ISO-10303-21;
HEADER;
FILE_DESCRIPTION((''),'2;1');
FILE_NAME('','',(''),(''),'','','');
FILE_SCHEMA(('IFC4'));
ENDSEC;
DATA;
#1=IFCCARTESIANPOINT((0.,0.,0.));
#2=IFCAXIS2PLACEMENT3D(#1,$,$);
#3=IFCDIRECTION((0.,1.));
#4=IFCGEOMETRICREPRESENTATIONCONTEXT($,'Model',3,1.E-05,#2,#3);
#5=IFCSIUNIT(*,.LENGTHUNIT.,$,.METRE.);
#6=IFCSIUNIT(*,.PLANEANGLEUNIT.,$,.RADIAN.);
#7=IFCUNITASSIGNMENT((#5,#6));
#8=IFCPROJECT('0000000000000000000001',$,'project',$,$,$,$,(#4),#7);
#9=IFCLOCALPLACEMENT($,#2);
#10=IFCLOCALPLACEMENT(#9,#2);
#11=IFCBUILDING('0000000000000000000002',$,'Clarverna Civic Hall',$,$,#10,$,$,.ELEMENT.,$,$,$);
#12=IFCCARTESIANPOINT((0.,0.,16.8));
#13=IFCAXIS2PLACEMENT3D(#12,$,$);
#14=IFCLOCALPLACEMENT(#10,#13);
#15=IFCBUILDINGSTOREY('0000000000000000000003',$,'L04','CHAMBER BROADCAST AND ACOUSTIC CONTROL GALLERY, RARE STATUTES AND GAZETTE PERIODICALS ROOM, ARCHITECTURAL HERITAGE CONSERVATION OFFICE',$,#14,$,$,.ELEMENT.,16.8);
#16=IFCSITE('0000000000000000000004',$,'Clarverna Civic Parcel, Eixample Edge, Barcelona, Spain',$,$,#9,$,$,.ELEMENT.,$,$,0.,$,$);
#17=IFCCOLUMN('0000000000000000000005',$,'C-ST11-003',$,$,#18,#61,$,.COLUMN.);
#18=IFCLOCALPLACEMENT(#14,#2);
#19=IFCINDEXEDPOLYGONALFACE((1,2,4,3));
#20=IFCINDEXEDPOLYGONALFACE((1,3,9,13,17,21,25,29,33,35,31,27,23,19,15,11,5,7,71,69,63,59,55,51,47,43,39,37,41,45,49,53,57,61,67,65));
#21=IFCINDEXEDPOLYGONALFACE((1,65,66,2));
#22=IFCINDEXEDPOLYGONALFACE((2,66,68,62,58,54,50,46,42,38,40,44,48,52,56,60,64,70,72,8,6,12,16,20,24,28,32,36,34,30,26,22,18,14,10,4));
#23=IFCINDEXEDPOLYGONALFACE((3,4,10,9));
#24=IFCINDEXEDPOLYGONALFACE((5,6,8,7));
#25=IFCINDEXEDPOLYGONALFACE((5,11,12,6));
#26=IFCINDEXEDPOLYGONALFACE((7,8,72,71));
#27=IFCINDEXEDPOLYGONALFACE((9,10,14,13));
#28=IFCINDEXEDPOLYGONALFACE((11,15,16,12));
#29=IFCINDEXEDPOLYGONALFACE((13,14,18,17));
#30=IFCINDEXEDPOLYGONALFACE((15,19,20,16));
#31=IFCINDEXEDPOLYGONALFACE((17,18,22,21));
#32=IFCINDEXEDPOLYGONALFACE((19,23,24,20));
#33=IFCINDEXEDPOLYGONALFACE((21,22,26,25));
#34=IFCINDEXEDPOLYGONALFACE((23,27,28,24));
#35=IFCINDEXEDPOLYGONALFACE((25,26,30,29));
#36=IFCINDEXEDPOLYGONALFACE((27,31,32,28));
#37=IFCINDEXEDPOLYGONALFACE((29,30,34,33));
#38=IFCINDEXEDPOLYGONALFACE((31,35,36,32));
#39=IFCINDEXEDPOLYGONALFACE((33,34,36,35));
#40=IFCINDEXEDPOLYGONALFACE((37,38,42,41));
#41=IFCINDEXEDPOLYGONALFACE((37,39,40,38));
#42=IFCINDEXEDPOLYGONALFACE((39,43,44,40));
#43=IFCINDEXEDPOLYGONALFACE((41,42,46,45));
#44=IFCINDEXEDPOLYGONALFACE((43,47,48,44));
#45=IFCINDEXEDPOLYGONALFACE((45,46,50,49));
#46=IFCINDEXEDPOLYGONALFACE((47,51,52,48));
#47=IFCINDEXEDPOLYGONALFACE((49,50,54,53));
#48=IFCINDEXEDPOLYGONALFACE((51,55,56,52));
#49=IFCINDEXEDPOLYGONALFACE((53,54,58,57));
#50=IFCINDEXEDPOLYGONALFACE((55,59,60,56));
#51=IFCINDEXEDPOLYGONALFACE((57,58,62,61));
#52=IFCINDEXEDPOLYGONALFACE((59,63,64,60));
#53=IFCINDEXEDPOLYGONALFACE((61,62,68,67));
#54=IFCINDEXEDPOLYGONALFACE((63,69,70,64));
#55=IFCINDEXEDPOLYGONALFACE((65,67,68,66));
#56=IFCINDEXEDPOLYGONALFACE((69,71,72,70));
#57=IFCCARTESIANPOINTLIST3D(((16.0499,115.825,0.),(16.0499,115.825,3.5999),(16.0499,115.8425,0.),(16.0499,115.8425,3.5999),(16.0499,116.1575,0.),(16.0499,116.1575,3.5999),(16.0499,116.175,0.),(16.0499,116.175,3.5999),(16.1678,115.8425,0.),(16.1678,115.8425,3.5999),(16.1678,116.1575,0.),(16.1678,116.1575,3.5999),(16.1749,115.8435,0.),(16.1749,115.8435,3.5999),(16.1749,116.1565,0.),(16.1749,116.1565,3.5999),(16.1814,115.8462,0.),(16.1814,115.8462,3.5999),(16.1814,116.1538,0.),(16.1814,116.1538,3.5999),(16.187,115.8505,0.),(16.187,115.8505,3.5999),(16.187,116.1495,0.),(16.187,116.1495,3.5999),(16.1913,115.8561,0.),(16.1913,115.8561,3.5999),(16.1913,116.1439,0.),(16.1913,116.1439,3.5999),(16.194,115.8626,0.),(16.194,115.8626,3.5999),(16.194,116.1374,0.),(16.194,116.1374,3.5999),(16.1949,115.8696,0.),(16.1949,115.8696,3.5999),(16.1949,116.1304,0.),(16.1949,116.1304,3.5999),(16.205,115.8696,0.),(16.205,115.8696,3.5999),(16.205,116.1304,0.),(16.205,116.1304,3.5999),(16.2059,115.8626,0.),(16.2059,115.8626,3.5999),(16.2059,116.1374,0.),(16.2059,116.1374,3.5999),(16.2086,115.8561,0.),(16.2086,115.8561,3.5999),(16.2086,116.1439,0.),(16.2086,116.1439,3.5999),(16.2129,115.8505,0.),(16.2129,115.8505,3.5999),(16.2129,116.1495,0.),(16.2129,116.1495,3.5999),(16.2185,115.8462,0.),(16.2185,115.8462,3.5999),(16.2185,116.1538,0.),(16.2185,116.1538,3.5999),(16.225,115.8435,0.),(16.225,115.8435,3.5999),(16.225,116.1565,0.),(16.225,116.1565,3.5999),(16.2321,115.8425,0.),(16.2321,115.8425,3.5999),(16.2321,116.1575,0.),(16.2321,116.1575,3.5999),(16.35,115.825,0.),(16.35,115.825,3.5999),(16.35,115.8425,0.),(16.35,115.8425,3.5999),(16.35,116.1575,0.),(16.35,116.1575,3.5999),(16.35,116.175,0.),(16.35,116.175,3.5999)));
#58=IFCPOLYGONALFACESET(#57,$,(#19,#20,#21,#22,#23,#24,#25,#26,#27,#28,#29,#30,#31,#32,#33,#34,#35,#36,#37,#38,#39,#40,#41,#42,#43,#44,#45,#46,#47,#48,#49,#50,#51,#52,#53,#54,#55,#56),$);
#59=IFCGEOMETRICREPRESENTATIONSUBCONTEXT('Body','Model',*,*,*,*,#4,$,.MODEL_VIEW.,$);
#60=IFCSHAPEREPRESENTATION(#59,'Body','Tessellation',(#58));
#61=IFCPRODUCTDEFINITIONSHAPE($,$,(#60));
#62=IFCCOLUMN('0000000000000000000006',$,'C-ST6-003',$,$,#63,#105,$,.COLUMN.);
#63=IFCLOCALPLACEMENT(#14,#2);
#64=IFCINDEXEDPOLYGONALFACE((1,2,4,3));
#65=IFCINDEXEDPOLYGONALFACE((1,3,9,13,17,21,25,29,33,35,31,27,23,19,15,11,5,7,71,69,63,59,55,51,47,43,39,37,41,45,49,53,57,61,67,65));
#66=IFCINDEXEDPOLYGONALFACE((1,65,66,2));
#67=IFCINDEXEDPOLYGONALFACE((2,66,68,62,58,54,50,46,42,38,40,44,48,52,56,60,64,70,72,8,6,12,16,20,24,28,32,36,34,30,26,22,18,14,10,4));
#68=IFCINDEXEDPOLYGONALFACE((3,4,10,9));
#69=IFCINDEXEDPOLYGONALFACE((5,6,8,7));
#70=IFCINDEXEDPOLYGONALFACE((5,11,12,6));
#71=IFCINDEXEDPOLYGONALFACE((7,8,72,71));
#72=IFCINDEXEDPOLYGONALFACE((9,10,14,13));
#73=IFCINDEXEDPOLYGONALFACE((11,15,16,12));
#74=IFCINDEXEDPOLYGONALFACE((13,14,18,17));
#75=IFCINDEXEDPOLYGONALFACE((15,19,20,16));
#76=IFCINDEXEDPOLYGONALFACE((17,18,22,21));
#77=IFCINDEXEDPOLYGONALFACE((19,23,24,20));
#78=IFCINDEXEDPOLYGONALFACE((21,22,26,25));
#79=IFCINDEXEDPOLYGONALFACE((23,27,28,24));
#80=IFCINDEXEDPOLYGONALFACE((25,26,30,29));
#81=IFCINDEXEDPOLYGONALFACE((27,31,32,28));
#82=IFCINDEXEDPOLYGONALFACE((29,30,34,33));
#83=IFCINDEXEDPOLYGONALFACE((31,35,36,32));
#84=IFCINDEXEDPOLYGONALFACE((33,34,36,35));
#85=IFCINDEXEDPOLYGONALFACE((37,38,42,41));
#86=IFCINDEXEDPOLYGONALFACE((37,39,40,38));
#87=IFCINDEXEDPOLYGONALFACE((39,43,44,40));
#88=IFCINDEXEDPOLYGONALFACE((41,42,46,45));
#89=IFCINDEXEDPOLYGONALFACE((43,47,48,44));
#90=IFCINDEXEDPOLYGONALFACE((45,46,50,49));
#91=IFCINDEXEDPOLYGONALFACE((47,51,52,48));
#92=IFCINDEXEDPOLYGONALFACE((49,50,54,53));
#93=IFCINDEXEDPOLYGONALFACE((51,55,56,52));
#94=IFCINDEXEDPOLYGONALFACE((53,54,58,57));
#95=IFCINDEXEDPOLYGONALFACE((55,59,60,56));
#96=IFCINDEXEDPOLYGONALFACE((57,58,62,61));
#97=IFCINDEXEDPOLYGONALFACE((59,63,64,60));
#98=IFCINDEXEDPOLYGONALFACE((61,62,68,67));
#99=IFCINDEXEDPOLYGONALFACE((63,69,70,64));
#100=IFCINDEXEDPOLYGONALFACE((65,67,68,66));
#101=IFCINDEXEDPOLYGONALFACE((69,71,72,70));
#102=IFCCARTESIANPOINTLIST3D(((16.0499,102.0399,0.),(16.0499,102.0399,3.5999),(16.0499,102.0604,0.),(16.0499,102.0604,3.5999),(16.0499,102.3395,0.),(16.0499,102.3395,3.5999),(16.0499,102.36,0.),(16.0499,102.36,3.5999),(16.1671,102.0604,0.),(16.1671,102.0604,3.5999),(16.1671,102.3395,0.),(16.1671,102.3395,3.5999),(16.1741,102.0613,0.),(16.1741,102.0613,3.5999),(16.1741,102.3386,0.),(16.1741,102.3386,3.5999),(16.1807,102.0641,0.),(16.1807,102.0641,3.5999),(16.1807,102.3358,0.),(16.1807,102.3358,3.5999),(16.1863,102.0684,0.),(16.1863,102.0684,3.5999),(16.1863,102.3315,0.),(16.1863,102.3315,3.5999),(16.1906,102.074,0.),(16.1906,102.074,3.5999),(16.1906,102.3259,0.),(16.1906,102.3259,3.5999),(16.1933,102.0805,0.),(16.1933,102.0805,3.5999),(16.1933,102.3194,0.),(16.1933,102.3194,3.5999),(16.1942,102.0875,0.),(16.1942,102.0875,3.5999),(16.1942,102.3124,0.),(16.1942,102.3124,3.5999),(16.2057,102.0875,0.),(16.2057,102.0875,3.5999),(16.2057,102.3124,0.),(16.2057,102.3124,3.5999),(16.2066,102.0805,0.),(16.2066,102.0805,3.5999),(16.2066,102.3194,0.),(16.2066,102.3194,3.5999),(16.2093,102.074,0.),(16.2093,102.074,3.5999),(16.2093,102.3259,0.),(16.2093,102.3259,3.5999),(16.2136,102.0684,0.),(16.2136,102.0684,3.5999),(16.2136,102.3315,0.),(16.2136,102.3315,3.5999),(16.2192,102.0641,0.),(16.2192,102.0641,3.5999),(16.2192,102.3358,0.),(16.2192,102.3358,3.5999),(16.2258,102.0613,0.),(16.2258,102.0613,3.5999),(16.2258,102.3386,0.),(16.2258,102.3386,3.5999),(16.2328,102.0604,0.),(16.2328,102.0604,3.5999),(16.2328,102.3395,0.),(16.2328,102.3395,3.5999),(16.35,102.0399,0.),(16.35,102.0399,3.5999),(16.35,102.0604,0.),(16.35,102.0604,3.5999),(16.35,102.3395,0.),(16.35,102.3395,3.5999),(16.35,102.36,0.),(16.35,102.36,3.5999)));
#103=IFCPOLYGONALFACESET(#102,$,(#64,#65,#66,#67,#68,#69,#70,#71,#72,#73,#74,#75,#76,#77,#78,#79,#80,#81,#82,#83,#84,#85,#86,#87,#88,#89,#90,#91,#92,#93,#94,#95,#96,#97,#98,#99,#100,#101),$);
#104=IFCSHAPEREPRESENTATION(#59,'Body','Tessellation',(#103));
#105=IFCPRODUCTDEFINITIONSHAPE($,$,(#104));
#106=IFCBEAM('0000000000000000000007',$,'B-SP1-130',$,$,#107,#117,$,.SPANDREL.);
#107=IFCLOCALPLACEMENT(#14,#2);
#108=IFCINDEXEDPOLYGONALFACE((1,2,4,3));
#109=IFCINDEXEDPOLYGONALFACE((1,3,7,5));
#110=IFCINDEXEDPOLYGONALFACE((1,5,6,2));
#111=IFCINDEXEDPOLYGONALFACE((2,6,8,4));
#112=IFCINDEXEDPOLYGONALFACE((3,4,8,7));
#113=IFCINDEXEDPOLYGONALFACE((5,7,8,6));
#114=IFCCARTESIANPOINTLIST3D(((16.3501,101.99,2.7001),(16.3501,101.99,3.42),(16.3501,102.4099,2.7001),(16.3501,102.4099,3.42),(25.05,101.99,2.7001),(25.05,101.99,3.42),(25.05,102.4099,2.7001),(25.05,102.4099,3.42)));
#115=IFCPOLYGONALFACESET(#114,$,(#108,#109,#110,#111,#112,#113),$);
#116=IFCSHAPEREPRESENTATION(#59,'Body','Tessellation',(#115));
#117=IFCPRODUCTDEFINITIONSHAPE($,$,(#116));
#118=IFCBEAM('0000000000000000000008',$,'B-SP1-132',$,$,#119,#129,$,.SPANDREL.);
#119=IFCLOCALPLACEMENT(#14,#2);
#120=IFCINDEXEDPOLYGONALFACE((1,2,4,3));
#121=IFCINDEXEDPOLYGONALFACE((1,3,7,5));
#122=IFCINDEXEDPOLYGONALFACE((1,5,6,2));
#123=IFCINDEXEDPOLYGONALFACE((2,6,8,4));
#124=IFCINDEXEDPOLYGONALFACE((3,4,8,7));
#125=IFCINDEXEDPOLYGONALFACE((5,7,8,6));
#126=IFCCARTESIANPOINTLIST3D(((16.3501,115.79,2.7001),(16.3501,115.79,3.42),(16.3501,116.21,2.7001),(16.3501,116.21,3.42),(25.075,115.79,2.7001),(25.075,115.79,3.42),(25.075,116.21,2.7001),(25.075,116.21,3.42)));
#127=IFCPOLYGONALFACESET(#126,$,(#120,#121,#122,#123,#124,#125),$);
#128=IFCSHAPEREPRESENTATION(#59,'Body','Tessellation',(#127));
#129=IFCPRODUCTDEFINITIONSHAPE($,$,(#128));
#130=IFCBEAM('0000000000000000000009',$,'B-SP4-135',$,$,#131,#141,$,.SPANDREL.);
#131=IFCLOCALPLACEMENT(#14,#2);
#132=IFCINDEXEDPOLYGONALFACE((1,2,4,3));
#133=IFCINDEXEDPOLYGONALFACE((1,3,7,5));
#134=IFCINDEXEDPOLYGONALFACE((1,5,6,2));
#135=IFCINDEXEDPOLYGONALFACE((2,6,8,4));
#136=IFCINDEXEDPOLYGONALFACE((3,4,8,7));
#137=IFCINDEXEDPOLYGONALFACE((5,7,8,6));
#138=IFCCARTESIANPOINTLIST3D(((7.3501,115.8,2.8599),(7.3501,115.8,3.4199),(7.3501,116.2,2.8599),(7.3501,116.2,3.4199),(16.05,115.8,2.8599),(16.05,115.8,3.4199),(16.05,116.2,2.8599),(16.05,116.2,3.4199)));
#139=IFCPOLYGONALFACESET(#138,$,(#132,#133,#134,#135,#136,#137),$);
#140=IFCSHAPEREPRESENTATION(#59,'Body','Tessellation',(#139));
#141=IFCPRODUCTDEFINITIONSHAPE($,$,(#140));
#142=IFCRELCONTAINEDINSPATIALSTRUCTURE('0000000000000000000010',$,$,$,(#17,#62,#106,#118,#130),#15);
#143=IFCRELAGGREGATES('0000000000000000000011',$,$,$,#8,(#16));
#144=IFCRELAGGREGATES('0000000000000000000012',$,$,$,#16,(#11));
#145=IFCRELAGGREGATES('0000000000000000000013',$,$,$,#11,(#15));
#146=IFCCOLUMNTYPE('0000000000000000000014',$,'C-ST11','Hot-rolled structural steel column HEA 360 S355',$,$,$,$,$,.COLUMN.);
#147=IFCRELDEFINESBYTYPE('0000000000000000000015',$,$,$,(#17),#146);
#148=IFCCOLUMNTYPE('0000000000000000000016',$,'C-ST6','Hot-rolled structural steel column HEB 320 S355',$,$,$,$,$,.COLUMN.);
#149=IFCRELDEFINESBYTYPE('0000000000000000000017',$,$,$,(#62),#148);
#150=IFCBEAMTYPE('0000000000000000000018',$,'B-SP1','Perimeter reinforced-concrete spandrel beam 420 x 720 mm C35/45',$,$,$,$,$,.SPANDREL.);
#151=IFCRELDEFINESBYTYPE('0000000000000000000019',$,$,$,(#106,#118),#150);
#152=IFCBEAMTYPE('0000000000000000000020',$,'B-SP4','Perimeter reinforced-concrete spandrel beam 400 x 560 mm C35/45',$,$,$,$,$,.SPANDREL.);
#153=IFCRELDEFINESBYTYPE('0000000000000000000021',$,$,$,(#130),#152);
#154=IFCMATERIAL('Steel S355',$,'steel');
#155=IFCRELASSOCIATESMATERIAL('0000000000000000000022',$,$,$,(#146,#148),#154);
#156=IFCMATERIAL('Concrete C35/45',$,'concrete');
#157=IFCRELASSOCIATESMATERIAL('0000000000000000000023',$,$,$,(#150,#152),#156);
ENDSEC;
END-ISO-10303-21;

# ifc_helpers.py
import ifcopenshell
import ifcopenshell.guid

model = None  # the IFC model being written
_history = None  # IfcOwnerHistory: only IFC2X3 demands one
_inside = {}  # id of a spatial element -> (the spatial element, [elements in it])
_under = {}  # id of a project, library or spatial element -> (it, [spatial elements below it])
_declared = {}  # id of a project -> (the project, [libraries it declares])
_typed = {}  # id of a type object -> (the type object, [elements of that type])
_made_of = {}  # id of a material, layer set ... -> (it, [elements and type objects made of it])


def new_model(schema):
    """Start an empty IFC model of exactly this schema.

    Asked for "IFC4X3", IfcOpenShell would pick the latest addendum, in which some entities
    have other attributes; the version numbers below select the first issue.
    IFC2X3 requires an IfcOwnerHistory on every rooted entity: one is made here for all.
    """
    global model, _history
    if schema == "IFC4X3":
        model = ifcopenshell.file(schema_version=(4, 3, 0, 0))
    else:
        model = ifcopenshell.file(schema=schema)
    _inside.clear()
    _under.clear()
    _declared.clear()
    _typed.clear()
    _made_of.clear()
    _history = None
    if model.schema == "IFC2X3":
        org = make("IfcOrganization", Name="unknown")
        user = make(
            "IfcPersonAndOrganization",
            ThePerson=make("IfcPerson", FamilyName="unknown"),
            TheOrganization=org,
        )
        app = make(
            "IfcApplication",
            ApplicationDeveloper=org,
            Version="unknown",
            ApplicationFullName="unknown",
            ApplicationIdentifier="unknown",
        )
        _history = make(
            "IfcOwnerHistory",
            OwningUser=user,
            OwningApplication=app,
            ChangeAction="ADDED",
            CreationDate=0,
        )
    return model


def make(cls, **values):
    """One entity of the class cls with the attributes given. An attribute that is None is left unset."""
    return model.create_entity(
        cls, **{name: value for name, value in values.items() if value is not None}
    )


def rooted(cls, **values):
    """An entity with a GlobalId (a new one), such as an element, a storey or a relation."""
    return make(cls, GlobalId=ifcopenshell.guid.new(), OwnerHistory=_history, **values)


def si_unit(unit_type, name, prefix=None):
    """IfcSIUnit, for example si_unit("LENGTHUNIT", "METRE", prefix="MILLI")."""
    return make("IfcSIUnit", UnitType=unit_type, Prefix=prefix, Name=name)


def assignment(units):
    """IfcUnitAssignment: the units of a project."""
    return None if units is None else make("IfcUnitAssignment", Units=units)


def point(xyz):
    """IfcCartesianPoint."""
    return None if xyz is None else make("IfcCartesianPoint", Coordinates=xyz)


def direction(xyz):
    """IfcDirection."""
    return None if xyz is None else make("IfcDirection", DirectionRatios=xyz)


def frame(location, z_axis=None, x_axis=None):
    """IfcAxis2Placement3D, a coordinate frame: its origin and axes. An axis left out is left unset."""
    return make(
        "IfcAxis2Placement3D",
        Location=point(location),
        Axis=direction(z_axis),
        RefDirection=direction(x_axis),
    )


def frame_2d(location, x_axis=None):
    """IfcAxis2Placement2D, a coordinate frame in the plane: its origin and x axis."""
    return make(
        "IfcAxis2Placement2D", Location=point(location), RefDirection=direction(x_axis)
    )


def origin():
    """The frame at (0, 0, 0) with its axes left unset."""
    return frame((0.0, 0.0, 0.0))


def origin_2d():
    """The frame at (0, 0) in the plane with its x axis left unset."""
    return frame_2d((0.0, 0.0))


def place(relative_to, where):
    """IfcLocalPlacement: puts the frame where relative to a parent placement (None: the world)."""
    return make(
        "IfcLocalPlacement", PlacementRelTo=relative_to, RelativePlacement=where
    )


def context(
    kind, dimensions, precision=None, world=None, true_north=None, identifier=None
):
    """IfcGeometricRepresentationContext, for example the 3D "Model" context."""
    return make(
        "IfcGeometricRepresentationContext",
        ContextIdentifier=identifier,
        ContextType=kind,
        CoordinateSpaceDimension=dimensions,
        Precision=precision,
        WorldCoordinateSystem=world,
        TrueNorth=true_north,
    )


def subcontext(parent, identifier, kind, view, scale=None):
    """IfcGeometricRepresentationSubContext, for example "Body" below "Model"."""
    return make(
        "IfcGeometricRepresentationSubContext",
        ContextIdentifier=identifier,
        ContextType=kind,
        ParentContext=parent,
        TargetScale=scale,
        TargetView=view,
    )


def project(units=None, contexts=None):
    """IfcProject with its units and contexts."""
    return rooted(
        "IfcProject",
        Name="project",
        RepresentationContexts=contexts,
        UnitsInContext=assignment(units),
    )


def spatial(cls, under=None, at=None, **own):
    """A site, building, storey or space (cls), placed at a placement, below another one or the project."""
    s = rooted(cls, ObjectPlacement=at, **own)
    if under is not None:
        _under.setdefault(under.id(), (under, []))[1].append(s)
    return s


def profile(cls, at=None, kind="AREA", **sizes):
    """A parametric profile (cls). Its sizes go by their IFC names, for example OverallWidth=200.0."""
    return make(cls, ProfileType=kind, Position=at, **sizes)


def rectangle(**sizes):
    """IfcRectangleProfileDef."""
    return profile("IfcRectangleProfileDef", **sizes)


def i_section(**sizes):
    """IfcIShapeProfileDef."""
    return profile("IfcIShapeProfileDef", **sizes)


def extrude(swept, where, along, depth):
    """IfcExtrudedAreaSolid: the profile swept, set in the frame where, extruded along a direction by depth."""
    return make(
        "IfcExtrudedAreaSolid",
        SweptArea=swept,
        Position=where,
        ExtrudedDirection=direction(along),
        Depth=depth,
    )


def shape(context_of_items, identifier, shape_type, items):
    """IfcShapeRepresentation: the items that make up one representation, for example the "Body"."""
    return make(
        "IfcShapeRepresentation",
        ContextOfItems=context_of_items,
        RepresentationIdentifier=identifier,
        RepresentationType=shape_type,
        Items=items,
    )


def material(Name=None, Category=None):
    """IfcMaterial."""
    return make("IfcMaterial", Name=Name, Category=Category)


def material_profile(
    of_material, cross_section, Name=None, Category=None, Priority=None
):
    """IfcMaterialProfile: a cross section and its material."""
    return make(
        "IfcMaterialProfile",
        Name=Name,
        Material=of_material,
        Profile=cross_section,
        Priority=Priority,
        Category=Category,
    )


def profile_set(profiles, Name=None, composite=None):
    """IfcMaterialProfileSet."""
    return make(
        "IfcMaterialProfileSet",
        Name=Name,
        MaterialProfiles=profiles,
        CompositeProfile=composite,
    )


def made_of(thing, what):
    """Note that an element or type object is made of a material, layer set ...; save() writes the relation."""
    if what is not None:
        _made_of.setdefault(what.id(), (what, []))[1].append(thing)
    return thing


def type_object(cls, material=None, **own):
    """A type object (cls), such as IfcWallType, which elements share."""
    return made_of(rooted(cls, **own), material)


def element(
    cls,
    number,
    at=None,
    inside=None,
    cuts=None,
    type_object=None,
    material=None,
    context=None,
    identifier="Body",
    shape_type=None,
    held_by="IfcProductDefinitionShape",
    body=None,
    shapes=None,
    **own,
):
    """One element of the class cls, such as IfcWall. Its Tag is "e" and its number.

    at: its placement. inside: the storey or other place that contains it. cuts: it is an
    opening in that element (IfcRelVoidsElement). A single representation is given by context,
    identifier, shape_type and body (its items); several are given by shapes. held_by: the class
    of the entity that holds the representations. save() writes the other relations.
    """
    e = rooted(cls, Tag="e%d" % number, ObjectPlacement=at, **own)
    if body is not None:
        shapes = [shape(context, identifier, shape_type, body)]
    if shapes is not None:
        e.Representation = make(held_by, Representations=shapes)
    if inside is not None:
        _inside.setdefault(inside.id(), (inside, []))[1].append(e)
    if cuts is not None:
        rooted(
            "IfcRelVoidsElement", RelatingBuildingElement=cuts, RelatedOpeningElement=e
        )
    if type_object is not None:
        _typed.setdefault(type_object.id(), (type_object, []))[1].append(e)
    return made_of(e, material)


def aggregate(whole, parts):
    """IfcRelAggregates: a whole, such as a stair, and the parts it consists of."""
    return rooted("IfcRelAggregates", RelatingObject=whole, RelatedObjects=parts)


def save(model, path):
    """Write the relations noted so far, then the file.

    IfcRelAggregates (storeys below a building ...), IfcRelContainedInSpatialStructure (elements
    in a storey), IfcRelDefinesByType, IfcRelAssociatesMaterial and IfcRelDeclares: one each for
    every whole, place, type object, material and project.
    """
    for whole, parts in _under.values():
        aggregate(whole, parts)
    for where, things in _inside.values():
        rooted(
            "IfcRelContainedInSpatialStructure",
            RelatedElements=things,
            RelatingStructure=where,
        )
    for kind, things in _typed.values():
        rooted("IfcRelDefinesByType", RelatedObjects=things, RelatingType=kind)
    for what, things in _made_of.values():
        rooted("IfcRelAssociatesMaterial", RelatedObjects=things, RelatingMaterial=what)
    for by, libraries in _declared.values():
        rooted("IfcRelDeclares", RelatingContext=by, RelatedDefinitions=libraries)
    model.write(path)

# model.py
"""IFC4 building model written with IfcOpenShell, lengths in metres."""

from ifc_helpers import new_model, si_unit, direction, frame, origin, origin_2d, place, context, subcontext, project, spatial, rectangle, i_section, extrude, material, material_profile, profile_set, type_object, element, save


model = new_model("IFC4")

# Units and contexts
model_context = context("Model", 3, precision=1e-05, world=origin(), true_north=direction((0.0, 1.0)))
body_context = subcontext(model_context, "Body", "Model", "MODEL_VIEW")
ifc_project = project(units=[si_unit("LENGTHUNIT", "METRE"), si_unit("PLANEANGLEUNIT", "RADIAN")], contexts=[model_context])

# Site, building, storey
site_placement = place(None, origin())
site = spatial("IfcSite", under=ifc_project, at=site_placement, Name="Clarverna Civic Parcel, Eixample Edge, Barcelona, Spain", CompositionType="ELEMENT", RefElevation=0.0)
building_placement = place(site_placement, origin())
building = spatial("IfcBuilding", under=site, at=building_placement, Name="Clarverna Civic Hall", CompositionType="ELEMENT")
storey_placement = place(building_placement, frame((0.0, 0.0, 16.8)))
storey = spatial("IfcBuildingStorey", under=building, at=storey_placement, Name="L04", Description="CHAMBER BROADCAST AND ACOUSTIC CONTROL GALLERY, RARE STATUTES AND GAZETTE PERIODICALS ROOM, ARCHITECTURAL HERITAGE CONSERVATION OFFICE", CompositionType="ELEMENT", Elevation=16.8)

# Columns
ifc_material_1 = material(Name="Steel S355", Category="steel")
ifc_material_profile_1 = material_profile(ifc_material_1, i_section(OverallWidth=0.3, OverallDepth=0.3501, WebThickness=0.01, FlangeThickness=0.0176, FilletRadius=0.0271, at=origin_2d()), Name="HEA 360")
ifc_profile_set_1 = profile_set([ifc_material_profile_1], Name="Steel S355")
column_type_1 = type_object("IfcColumnType", Name="C-ST11", Description="Hot-rolled structural steel column HEA 360 S355", PredefinedType="COLUMN", material=ifc_profile_set_1)
column_1_placement = place(storey_placement, frame((16.2, 116.0, 0.0), z_axis=(0.0, 0.0, 1.0), x_axis=(1.0, 0.0, 0.0)))
element("IfcColumn", 1, at=column_1_placement, inside=storey, type_object=column_type_1, Name="C-ST11-003", PredefinedType="COLUMN", context=body_context, shape_type="SweptSolid", body=[
    extrude(i_section(OverallWidth=0.3, OverallDepth=0.3501, WebThickness=0.01, FlangeThickness=0.0176, FilletRadius=0.0271, at=origin_2d()), origin(), (0.0, 0.0, 1.0), 3.5999),
])
ifc_material_profile_2 = material_profile(ifc_material_1, i_section(OverallWidth=0.3, OverallDepth=0.3201, WebThickness=0.0115, FlangeThickness=0.0205, FilletRadius=0.0271, at=origin_2d()), Name="HEB 320")
ifc_profile_set_2 = profile_set([ifc_material_profile_2], Name="Steel S355")
column_type_2 = type_object("IfcColumnType", Name="C-ST6", Description="Hot-rolled structural steel column HEB 320 S355", PredefinedType="COLUMN", material=ifc_profile_set_2)
column_2_placement = place(storey_placement, frame((16.2, 102.2, 0.0), z_axis=(0.0, 0.0, 1.0), x_axis=(1.0, 0.0, 0.0)))
element("IfcColumn", 2, at=column_2_placement, inside=storey, type_object=column_type_2, Name="C-ST6-003", PredefinedType="COLUMN", context=body_context, shape_type="SweptSolid", body=[
    extrude(i_section(OverallWidth=0.3, OverallDepth=0.3201, WebThickness=0.0115, FlangeThickness=0.0205, FilletRadius=0.0271, at=origin_2d()), origin(), (0.0, 0.0, 1.0), 3.5999),
])

# Beams
ifc_material_2 = material(Name="Concrete C35/45", Category="concrete")
ifc_material_profile_3 = material_profile(ifc_material_2, rectangle(XDim=0.4199, YDim=0.72, at=origin_2d()), Name="RC 420x720")
ifc_profile_set_3 = profile_set([ifc_material_profile_3], Name="Concrete C35/45")
beam_type_1 = type_object("IfcBeamType", Name="B-SP1", Description="Perimeter reinforced-concrete spandrel beam 420 x 720 mm C35/45", PredefinedType="SPANDREL", material=ifc_profile_set_3)
beam_1_placement = place(storey_placement, frame((16.3501, 102.2, 3.0601), z_axis=(1.0, 0.0, 0.0), x_axis=(0.0, 1.0, 0.0)))
element("IfcBeam", 3, at=beam_1_placement, inside=storey, type_object=beam_type_1, Name="B-SP1-130", PredefinedType="SPANDREL", context=body_context, shape_type="SweptSolid", body=[
    extrude(rectangle(XDim=0.4199, YDim=0.72, at=origin_2d()), origin(), (0.0, 0.0, 1.0), 8.7),
])
beam_2_placement = place(storey_placement, frame((16.3501, 116.0, 3.0601), z_axis=(1.0, 0.0, 0.0), x_axis=(0.0, 1.0, 0.0)))
element("IfcBeam", 4, at=beam_2_placement, inside=storey, type_object=beam_type_1, Name="B-SP1-132", PredefinedType="SPANDREL", context=body_context, shape_type="SweptSolid", body=[
    extrude(rectangle(XDim=0.4199, YDim=0.72, at=origin_2d()), origin(), (0.0, 0.0, 1.0), 8.7249),
])
ifc_material_profile_4 = material_profile(ifc_material_2, rectangle(XDim=0.3999, YDim=0.5601, at=origin_2d()), Name="RC 400x560")
ifc_profile_set_4 = profile_set([ifc_material_profile_4], Name="Concrete C35/45")
beam_type_2 = type_object("IfcBeamType", Name="B-SP4", Description="Perimeter reinforced-concrete spandrel beam 400 x 560 mm C35/45", PredefinedType="SPANDREL", material=ifc_profile_set_4)
beam_3_placement = place(storey_placement, frame((7.3501, 116.0, 3.1399), z_axis=(1.0, 0.0, 0.0), x_axis=(0.0, 1.0, 0.0)))
element("IfcBeam", 5, at=beam_3_placement, inside=storey, type_object=beam_type_2, Name="B-SP4-135", PredefinedType="SPANDREL", context=body_context, shape_type="SweptSolid", body=[
    extrude(rectangle(XDim=0.3999, YDim=0.5601, at=origin_2d()), origin(), (0.0, 0.0, 1.0), 8.7),
])

save(model, "model.ifc")
